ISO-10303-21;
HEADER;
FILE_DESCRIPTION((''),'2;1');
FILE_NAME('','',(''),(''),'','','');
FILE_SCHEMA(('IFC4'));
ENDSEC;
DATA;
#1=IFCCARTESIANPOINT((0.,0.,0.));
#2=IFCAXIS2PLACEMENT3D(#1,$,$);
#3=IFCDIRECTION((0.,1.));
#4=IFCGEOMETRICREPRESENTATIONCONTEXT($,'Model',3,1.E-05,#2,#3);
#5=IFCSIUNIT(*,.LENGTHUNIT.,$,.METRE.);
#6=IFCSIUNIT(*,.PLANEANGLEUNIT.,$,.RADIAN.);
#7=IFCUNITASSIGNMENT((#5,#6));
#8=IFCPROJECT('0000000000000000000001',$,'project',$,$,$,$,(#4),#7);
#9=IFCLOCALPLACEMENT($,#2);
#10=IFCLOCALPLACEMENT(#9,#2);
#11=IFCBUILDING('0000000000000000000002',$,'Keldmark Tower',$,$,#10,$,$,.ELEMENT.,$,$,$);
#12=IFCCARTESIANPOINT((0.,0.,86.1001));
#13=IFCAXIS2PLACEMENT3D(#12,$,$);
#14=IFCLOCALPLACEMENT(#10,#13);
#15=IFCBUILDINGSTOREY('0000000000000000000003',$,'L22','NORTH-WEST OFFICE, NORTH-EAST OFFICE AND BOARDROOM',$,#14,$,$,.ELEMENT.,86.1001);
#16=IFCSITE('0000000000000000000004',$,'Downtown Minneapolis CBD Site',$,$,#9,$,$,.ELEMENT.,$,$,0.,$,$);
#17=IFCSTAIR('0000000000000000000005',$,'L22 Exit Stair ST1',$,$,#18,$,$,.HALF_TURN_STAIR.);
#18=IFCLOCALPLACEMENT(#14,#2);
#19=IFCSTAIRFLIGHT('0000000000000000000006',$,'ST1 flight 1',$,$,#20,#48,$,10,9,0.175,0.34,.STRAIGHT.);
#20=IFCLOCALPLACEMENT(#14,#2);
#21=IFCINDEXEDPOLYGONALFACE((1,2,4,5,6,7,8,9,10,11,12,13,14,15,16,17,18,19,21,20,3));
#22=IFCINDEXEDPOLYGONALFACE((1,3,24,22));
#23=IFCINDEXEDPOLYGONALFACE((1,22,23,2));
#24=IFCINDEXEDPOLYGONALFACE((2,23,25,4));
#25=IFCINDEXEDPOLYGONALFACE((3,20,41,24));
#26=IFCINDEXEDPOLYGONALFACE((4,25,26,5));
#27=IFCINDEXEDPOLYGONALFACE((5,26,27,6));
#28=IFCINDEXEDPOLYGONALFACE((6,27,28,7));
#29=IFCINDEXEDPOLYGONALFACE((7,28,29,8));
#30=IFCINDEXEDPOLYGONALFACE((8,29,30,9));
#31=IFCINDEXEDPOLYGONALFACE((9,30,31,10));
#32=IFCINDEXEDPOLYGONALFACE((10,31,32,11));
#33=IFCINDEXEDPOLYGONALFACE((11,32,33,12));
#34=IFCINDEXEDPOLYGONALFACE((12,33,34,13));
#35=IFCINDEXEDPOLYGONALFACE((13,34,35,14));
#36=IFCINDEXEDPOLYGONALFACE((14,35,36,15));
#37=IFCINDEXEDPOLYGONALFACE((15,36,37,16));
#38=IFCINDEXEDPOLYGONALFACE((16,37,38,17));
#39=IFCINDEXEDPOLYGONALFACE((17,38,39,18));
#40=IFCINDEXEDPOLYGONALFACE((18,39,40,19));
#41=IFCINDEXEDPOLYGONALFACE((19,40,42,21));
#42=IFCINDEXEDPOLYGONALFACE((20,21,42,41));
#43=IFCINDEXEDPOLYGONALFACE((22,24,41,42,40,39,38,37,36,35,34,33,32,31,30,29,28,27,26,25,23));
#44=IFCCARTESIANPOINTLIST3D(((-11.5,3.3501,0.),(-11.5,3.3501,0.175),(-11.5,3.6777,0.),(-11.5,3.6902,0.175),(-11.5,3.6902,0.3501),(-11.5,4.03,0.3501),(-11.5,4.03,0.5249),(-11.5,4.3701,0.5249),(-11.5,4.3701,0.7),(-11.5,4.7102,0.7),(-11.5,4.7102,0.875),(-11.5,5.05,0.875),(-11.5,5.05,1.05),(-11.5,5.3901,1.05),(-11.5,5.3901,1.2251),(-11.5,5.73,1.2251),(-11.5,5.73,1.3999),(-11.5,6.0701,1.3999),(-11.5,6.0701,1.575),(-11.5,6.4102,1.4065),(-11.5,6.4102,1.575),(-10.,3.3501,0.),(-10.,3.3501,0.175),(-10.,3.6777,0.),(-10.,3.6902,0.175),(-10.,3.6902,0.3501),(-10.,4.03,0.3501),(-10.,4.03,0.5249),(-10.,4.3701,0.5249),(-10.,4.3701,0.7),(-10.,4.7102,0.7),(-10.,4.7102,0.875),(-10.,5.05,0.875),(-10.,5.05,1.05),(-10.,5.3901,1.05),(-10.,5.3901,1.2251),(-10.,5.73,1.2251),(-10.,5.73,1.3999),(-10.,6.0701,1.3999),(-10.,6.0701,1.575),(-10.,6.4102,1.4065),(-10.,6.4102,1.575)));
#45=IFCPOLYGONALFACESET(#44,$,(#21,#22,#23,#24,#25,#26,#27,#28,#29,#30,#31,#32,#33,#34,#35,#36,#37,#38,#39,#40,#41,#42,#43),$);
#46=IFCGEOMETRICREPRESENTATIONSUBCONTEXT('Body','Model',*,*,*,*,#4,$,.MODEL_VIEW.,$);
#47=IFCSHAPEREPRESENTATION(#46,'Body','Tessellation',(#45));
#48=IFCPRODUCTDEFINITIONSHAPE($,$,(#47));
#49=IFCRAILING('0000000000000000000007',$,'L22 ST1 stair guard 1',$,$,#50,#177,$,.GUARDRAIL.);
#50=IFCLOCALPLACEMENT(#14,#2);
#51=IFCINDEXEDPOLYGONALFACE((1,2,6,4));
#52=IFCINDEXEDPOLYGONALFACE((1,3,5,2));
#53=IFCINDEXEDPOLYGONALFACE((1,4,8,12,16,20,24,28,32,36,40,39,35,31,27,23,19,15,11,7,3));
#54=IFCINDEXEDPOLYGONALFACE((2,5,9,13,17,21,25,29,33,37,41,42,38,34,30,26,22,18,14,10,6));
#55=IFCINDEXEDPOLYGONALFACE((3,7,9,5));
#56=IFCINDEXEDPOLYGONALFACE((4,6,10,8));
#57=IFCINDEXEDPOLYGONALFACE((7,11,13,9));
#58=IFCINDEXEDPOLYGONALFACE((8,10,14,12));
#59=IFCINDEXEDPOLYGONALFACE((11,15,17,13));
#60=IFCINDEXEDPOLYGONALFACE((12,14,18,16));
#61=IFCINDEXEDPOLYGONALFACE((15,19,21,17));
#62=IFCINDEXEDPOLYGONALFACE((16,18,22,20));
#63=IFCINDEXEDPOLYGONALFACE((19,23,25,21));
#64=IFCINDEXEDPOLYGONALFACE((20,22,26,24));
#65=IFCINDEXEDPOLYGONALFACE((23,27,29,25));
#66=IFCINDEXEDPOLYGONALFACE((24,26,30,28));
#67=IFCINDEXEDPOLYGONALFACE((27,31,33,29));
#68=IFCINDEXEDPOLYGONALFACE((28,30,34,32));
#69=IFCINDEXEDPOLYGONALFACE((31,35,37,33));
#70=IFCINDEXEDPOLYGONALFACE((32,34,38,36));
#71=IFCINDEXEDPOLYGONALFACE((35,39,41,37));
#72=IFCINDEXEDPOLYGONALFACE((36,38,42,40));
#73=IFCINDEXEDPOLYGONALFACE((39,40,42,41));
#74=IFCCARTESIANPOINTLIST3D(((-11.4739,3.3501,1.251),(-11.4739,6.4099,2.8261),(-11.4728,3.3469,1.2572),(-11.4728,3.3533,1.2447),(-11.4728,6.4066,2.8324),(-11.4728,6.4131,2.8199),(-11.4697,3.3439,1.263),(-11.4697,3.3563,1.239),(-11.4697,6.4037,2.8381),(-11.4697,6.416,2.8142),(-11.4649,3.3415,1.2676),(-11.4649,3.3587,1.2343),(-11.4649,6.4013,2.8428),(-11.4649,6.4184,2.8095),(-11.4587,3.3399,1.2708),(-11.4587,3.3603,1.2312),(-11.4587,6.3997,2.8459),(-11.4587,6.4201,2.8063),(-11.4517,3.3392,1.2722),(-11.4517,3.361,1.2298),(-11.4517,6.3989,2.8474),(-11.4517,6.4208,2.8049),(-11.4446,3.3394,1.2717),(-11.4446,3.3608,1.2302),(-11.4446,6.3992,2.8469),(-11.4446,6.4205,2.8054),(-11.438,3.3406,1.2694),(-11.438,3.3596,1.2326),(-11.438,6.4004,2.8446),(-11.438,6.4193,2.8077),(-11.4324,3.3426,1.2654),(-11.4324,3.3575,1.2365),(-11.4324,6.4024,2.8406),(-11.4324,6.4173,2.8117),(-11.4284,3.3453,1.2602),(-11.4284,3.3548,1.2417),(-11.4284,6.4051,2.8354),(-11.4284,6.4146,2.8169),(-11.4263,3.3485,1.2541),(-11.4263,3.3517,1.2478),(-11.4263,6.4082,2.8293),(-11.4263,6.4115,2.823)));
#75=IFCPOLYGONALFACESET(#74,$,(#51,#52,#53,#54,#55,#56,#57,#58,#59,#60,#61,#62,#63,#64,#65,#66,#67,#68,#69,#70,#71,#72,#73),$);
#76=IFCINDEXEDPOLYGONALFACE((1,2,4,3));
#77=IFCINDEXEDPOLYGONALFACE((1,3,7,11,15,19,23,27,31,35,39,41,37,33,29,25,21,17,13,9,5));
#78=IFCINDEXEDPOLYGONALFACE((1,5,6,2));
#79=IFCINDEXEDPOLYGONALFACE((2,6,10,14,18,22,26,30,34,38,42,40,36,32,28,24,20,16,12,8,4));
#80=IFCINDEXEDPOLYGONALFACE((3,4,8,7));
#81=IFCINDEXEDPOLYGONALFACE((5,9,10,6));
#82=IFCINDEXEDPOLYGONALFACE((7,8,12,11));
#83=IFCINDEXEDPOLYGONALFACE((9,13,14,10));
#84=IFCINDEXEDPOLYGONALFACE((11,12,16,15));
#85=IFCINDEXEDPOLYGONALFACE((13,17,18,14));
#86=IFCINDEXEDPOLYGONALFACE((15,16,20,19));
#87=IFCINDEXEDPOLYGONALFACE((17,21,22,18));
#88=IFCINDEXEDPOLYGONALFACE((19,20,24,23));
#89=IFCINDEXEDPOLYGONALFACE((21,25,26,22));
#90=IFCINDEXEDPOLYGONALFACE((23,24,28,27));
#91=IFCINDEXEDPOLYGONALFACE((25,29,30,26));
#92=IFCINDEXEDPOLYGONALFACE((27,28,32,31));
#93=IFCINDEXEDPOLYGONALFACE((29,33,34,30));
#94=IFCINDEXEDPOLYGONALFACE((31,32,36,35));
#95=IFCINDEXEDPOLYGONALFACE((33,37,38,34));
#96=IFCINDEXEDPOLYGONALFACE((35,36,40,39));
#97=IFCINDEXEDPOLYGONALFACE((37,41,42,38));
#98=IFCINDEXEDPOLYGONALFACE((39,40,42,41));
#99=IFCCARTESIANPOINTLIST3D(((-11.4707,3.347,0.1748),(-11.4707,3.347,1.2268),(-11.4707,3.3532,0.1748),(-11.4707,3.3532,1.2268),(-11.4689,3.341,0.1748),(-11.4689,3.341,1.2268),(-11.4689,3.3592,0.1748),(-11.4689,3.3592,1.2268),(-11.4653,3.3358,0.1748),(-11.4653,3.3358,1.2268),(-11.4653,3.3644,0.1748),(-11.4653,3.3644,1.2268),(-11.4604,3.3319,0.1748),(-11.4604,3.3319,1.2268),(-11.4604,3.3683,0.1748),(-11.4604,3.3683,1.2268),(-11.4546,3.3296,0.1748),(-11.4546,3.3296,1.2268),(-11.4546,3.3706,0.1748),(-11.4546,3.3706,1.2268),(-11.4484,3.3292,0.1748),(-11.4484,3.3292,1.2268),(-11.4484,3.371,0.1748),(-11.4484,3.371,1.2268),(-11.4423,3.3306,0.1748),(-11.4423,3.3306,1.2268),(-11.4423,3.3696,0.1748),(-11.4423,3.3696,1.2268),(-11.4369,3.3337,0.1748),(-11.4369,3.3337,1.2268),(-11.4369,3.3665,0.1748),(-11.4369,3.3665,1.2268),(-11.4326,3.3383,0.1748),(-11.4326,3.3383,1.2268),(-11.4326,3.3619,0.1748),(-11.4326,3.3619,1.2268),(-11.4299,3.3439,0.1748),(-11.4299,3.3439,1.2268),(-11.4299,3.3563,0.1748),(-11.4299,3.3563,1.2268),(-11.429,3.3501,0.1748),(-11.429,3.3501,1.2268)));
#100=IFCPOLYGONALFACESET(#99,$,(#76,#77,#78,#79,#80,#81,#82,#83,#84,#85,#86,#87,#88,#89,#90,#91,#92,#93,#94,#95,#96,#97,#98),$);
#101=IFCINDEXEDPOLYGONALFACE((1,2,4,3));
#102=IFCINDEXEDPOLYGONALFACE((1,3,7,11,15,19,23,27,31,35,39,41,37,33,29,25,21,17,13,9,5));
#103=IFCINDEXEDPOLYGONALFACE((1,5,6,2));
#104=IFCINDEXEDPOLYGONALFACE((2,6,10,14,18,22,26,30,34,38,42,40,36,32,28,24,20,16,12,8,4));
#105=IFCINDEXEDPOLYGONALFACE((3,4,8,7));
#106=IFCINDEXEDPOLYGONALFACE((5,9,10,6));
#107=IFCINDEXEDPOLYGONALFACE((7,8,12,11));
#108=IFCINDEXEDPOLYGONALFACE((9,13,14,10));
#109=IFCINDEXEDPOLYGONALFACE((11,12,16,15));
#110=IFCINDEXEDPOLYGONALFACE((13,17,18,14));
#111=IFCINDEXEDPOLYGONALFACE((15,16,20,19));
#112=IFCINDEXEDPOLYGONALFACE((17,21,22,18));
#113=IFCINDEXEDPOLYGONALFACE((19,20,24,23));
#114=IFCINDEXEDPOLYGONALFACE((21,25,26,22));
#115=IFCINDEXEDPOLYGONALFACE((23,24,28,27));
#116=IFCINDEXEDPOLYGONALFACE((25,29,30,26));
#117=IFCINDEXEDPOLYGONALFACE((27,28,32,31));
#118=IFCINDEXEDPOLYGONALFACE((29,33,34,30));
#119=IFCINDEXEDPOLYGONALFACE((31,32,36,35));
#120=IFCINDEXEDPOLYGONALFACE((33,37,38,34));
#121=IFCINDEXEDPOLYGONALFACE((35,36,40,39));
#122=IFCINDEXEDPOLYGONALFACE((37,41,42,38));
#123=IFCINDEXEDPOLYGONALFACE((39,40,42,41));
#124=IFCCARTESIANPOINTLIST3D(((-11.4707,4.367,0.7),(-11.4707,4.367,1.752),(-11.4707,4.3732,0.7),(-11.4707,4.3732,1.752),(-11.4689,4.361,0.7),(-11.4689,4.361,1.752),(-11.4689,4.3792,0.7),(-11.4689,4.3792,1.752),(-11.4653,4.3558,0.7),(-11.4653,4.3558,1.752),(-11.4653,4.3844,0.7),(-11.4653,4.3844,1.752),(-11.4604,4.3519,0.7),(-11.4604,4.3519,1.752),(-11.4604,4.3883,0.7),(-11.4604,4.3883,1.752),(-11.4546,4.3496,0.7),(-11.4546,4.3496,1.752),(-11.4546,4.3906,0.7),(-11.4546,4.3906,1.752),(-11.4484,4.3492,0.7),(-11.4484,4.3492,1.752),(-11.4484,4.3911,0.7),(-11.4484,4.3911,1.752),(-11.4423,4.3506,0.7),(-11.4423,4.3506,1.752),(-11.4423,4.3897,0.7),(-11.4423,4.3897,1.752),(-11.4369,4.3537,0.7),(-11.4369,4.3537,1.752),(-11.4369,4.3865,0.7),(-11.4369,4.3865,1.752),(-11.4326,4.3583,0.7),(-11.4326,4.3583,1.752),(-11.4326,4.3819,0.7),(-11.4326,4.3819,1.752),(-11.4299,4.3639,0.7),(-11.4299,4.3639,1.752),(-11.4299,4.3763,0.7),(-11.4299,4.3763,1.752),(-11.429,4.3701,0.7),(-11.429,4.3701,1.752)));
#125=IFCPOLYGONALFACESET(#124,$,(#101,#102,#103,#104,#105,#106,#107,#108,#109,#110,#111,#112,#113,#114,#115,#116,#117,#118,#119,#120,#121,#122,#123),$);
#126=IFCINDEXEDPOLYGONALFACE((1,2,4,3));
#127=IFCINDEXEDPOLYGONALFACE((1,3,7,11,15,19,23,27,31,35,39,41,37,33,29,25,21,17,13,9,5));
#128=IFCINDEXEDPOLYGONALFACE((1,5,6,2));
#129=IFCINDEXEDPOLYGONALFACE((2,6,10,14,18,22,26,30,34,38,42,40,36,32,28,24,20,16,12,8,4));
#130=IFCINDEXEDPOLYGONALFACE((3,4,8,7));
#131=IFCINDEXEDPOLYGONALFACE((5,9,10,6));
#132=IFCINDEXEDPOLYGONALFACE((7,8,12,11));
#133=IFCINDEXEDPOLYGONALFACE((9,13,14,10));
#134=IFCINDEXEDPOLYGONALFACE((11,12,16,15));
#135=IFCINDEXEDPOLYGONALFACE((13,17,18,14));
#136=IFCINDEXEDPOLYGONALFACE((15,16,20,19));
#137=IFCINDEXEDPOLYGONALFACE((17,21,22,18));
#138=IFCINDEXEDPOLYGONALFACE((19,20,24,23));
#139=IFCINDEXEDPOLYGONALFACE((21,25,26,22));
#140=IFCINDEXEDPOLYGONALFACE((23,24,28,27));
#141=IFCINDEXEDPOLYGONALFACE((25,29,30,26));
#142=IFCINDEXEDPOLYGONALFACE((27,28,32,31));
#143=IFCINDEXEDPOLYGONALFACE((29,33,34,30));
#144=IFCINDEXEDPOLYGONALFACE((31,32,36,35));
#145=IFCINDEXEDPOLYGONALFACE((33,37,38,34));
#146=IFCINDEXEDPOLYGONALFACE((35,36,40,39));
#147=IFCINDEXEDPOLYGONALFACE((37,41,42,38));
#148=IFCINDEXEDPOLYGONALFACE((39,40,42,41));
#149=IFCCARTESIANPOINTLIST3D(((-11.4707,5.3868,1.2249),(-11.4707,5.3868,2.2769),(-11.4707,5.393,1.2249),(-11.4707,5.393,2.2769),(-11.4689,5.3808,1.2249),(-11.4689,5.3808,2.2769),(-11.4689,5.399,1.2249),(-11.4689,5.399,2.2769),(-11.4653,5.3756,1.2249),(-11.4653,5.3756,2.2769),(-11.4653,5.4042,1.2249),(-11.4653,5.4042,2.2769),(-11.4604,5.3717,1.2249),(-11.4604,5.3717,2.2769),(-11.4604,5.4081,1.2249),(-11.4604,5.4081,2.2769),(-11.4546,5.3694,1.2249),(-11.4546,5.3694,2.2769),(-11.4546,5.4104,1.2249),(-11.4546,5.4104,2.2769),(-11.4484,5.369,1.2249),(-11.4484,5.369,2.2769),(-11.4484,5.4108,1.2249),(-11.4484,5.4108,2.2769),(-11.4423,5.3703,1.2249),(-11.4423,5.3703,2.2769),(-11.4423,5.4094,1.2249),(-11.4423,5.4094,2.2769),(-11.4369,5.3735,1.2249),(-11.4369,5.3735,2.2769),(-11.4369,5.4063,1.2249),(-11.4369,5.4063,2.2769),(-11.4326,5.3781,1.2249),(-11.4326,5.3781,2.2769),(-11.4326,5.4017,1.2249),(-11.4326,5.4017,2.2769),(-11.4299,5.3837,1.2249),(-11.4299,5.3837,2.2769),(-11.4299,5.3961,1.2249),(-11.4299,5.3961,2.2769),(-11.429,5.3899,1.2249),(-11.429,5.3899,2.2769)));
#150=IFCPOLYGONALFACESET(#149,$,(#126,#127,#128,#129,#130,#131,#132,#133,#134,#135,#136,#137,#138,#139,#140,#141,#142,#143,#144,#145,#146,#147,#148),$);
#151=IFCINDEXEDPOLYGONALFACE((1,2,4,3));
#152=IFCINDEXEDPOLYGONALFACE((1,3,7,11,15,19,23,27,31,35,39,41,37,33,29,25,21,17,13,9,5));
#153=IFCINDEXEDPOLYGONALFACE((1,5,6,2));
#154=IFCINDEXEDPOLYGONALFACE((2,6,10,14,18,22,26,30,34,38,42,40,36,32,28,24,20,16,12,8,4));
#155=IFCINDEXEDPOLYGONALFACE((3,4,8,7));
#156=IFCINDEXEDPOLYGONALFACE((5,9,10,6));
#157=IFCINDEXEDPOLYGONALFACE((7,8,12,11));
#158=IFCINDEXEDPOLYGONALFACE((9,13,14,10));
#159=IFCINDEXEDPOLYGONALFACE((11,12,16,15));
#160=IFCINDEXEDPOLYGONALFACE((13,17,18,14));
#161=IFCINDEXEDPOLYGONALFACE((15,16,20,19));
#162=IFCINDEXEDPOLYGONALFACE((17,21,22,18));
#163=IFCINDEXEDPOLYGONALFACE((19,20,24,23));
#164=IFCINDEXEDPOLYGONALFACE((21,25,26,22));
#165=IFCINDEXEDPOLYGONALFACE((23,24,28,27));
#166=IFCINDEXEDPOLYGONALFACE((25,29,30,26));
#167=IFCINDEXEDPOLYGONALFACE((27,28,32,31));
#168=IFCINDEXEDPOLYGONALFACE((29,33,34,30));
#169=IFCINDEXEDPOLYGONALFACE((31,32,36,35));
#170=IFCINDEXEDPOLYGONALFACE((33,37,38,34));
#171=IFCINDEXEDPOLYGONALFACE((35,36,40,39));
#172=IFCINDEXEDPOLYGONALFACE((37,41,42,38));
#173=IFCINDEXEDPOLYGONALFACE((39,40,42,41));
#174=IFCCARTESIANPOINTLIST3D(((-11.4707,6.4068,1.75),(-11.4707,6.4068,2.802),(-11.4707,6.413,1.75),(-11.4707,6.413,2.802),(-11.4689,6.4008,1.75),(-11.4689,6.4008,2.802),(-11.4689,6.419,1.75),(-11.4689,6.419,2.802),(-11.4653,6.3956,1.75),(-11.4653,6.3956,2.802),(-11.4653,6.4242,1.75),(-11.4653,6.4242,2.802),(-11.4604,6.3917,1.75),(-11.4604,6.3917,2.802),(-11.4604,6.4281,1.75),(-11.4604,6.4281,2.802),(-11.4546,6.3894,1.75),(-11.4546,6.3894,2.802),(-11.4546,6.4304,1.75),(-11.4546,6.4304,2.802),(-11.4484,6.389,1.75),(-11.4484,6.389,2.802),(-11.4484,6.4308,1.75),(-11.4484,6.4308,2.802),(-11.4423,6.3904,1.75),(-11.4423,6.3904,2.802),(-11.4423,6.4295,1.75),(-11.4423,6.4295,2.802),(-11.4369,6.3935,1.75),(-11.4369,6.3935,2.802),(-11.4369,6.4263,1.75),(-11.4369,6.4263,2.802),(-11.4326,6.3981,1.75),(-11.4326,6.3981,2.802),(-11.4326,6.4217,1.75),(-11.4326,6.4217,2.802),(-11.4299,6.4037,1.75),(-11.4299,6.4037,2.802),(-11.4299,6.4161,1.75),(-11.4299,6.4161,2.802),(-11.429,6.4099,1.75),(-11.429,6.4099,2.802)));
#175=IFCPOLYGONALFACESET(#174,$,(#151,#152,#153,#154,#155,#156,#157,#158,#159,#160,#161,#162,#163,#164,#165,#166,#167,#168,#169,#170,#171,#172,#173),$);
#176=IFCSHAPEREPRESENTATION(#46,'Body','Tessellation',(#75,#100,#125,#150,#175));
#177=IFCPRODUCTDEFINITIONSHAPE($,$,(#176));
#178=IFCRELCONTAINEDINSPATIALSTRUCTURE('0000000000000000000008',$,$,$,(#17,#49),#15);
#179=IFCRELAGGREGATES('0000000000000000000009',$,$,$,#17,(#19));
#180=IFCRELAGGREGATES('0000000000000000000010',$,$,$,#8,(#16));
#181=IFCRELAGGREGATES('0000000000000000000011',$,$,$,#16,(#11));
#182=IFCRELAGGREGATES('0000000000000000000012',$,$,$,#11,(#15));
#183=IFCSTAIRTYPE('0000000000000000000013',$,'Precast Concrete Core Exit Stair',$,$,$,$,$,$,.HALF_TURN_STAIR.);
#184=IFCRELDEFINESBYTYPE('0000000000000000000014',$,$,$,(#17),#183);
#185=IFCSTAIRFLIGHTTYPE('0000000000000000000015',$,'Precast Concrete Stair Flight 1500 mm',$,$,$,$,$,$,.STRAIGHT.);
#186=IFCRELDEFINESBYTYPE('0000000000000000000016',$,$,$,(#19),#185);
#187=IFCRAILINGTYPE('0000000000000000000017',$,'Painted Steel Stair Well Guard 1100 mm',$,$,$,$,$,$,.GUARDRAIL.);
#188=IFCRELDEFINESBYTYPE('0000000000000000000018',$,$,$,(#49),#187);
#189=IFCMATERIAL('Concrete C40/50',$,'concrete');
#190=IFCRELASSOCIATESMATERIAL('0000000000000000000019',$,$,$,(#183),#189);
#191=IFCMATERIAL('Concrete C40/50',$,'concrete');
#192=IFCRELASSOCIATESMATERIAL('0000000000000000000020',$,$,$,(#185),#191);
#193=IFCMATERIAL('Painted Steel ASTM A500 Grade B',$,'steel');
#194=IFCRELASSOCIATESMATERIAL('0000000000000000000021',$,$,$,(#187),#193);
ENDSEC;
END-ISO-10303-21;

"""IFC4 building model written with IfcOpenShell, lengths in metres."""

from ifc_helpers import new_model, si_unit, direction, frame, origin, origin_2d, place, context, subcontext, project, spatial, polyline, circle, outline, extrude, material, type_object, element, aggregate, save


model = new_model("IFC4")

# Units and contexts
model_context = context("Model", 3, precision=1e-05, world=origin(), true_north=direction((0.0, 1.0)))
body_context = subcontext(model_context, "Body", "Model", "MODEL_VIEW")
ifc_project = project(units=[si_unit("LENGTHUNIT", "METRE"), si_unit("PLANEANGLEUNIT", "RADIAN")], contexts=[model_context])

# Site, building, storey
site_placement = place(None, origin())
site = spatial("IfcSite", under=ifc_project, at=site_placement, Name="Downtown Minneapolis CBD Site", CompositionType="ELEMENT", RefElevation=0.0)
building_placement = place(site_placement, origin())
building = spatial("IfcBuilding", under=site, at=building_placement, Name="Keldmark Tower", CompositionType="ELEMENT")
storey_placement = place(building_placement, frame((0.0, 0.0, 86.1001)))
storey = spatial("IfcBuildingStorey", under=building, at=storey_placement, Name="L22", Description="NORTH-WEST OFFICE, NORTH-EAST OFFICE AND BOARDROOM", CompositionType="ELEMENT", Elevation=86.1001)

# Stair, stair flight
ifc_material_1 = material(Name="Concrete C40/50", Category="concrete")
stair_type = type_object("IfcStairType", Name="Precast Concrete Core Exit Stair", PredefinedType="HALF_TURN_STAIR", material=ifc_material_1)
stair_placement = place(storey_placement, origin())
stair = element("IfcStair", 1, at=stair_placement, inside=storey, type_object=stair_type, Name="L22 Exit Stair ST1", PredefinedType="HALF_TURN_STAIR")
ifc_material_2 = material(Name="Concrete C40/50", Category="concrete")
stair_flight_type = type_object("IfcStairFlightType", Name="Precast Concrete Stair Flight 1500 mm", PredefinedType="STRAIGHT", material=ifc_material_2)
stair_flight_placement = place(storey_placement, frame((-10.75, 3.3501, 0.0), z_axis=(0.0, 0.0, 1.0), x_axis=(0.0, 1.0, 0.0)))
stair_flight = element("IfcStairFlight", 2, at=stair_flight_placement, type_object=stair_flight_type, Name="ST1 flight 1", NumberOfRisers=10, NumberOfTreads=9, PredefinedType="STRAIGHT", RiserHeight=0.175, TreadLength=0.34, context=body_context, shape_type="SweptSolid", body=[
    extrude(outline(polyline([(0.0, 0.0), (0.0, 0.175), (0.3401, 0.175), (0.3401, 0.3501), (0.6799, 0.3501), (0.6799, 0.5249), (1.02, 0.5249), (1.02, 0.7), (1.3601, 0.7), (1.3601, 0.875), (1.7, 0.875), (1.7, 1.05), (2.04, 1.05), (2.04, 1.2251), (2.3799, 1.2251), (2.3799, 1.3999), (2.72, 1.3999), (2.72, 1.575), (3.0601, 1.575), (3.0601, 1.75), (3.0601, 1.4065), (0.3276, 0.0), (0.0, 0.0)])), frame((0.0, 0.75, 0.0), z_axis=(0.0, -1.0, 0.0), x_axis=(1.0, 0.0, 0.0)), (0.0, 0.0, 1.0), 1.5),
])
aggregate(stair, [stair_flight])

# Railing
ifc_material_3 = material(Name="Painted Steel ASTM A500 Grade B", Category="steel")
railing_type_1 = type_object("IfcRailingType", Name="Painted Steel Stair Well Guard 1100 mm", PredefinedType="GUARDRAIL", material=ifc_material_3)
railing_1_placement = place(storey_placement, frame((-11.45, 3.3501, 0.1748)))
element("IfcRailing", 3, at=railing_1_placement, inside=storey, type_object=railing_type_1, Name="L22 ST1 stair guard 1", PredefinedType="GUARDRAIL", context=body_context, shape_type="SweptSolid", body=[
    extrude(circle(Radius=0.0239, at=origin_2d()), frame((0.0, 0.0, 1.0762), z_axis=(0.0, 0.889101, 0.45771), x_axis=(-1.0, 0.0, 0.0)), (0.0, 0.0, 1.0), 3.4414),
    extrude(circle(Radius=0.021, at=origin_2d()), origin(), (0.0, 0.0, 1.0), 1.052),
    extrude(circle(Radius=0.021, at=origin_2d()), frame((0.0, 1.02, 0.5251)), (0.0, 0.0, 1.0), 1.052),
    extrude(circle(Radius=0.021, at=origin_2d()), frame((0.0, 2.0398, 1.05)), (0.0, 0.0, 1.0), 1.052),
    extrude(circle(Radius=0.021, at=origin_2d()), frame((0.0, 3.0598, 1.5752)), (0.0, 0.0, 1.0), 1.052),
])

save(model, "model.ifc")
